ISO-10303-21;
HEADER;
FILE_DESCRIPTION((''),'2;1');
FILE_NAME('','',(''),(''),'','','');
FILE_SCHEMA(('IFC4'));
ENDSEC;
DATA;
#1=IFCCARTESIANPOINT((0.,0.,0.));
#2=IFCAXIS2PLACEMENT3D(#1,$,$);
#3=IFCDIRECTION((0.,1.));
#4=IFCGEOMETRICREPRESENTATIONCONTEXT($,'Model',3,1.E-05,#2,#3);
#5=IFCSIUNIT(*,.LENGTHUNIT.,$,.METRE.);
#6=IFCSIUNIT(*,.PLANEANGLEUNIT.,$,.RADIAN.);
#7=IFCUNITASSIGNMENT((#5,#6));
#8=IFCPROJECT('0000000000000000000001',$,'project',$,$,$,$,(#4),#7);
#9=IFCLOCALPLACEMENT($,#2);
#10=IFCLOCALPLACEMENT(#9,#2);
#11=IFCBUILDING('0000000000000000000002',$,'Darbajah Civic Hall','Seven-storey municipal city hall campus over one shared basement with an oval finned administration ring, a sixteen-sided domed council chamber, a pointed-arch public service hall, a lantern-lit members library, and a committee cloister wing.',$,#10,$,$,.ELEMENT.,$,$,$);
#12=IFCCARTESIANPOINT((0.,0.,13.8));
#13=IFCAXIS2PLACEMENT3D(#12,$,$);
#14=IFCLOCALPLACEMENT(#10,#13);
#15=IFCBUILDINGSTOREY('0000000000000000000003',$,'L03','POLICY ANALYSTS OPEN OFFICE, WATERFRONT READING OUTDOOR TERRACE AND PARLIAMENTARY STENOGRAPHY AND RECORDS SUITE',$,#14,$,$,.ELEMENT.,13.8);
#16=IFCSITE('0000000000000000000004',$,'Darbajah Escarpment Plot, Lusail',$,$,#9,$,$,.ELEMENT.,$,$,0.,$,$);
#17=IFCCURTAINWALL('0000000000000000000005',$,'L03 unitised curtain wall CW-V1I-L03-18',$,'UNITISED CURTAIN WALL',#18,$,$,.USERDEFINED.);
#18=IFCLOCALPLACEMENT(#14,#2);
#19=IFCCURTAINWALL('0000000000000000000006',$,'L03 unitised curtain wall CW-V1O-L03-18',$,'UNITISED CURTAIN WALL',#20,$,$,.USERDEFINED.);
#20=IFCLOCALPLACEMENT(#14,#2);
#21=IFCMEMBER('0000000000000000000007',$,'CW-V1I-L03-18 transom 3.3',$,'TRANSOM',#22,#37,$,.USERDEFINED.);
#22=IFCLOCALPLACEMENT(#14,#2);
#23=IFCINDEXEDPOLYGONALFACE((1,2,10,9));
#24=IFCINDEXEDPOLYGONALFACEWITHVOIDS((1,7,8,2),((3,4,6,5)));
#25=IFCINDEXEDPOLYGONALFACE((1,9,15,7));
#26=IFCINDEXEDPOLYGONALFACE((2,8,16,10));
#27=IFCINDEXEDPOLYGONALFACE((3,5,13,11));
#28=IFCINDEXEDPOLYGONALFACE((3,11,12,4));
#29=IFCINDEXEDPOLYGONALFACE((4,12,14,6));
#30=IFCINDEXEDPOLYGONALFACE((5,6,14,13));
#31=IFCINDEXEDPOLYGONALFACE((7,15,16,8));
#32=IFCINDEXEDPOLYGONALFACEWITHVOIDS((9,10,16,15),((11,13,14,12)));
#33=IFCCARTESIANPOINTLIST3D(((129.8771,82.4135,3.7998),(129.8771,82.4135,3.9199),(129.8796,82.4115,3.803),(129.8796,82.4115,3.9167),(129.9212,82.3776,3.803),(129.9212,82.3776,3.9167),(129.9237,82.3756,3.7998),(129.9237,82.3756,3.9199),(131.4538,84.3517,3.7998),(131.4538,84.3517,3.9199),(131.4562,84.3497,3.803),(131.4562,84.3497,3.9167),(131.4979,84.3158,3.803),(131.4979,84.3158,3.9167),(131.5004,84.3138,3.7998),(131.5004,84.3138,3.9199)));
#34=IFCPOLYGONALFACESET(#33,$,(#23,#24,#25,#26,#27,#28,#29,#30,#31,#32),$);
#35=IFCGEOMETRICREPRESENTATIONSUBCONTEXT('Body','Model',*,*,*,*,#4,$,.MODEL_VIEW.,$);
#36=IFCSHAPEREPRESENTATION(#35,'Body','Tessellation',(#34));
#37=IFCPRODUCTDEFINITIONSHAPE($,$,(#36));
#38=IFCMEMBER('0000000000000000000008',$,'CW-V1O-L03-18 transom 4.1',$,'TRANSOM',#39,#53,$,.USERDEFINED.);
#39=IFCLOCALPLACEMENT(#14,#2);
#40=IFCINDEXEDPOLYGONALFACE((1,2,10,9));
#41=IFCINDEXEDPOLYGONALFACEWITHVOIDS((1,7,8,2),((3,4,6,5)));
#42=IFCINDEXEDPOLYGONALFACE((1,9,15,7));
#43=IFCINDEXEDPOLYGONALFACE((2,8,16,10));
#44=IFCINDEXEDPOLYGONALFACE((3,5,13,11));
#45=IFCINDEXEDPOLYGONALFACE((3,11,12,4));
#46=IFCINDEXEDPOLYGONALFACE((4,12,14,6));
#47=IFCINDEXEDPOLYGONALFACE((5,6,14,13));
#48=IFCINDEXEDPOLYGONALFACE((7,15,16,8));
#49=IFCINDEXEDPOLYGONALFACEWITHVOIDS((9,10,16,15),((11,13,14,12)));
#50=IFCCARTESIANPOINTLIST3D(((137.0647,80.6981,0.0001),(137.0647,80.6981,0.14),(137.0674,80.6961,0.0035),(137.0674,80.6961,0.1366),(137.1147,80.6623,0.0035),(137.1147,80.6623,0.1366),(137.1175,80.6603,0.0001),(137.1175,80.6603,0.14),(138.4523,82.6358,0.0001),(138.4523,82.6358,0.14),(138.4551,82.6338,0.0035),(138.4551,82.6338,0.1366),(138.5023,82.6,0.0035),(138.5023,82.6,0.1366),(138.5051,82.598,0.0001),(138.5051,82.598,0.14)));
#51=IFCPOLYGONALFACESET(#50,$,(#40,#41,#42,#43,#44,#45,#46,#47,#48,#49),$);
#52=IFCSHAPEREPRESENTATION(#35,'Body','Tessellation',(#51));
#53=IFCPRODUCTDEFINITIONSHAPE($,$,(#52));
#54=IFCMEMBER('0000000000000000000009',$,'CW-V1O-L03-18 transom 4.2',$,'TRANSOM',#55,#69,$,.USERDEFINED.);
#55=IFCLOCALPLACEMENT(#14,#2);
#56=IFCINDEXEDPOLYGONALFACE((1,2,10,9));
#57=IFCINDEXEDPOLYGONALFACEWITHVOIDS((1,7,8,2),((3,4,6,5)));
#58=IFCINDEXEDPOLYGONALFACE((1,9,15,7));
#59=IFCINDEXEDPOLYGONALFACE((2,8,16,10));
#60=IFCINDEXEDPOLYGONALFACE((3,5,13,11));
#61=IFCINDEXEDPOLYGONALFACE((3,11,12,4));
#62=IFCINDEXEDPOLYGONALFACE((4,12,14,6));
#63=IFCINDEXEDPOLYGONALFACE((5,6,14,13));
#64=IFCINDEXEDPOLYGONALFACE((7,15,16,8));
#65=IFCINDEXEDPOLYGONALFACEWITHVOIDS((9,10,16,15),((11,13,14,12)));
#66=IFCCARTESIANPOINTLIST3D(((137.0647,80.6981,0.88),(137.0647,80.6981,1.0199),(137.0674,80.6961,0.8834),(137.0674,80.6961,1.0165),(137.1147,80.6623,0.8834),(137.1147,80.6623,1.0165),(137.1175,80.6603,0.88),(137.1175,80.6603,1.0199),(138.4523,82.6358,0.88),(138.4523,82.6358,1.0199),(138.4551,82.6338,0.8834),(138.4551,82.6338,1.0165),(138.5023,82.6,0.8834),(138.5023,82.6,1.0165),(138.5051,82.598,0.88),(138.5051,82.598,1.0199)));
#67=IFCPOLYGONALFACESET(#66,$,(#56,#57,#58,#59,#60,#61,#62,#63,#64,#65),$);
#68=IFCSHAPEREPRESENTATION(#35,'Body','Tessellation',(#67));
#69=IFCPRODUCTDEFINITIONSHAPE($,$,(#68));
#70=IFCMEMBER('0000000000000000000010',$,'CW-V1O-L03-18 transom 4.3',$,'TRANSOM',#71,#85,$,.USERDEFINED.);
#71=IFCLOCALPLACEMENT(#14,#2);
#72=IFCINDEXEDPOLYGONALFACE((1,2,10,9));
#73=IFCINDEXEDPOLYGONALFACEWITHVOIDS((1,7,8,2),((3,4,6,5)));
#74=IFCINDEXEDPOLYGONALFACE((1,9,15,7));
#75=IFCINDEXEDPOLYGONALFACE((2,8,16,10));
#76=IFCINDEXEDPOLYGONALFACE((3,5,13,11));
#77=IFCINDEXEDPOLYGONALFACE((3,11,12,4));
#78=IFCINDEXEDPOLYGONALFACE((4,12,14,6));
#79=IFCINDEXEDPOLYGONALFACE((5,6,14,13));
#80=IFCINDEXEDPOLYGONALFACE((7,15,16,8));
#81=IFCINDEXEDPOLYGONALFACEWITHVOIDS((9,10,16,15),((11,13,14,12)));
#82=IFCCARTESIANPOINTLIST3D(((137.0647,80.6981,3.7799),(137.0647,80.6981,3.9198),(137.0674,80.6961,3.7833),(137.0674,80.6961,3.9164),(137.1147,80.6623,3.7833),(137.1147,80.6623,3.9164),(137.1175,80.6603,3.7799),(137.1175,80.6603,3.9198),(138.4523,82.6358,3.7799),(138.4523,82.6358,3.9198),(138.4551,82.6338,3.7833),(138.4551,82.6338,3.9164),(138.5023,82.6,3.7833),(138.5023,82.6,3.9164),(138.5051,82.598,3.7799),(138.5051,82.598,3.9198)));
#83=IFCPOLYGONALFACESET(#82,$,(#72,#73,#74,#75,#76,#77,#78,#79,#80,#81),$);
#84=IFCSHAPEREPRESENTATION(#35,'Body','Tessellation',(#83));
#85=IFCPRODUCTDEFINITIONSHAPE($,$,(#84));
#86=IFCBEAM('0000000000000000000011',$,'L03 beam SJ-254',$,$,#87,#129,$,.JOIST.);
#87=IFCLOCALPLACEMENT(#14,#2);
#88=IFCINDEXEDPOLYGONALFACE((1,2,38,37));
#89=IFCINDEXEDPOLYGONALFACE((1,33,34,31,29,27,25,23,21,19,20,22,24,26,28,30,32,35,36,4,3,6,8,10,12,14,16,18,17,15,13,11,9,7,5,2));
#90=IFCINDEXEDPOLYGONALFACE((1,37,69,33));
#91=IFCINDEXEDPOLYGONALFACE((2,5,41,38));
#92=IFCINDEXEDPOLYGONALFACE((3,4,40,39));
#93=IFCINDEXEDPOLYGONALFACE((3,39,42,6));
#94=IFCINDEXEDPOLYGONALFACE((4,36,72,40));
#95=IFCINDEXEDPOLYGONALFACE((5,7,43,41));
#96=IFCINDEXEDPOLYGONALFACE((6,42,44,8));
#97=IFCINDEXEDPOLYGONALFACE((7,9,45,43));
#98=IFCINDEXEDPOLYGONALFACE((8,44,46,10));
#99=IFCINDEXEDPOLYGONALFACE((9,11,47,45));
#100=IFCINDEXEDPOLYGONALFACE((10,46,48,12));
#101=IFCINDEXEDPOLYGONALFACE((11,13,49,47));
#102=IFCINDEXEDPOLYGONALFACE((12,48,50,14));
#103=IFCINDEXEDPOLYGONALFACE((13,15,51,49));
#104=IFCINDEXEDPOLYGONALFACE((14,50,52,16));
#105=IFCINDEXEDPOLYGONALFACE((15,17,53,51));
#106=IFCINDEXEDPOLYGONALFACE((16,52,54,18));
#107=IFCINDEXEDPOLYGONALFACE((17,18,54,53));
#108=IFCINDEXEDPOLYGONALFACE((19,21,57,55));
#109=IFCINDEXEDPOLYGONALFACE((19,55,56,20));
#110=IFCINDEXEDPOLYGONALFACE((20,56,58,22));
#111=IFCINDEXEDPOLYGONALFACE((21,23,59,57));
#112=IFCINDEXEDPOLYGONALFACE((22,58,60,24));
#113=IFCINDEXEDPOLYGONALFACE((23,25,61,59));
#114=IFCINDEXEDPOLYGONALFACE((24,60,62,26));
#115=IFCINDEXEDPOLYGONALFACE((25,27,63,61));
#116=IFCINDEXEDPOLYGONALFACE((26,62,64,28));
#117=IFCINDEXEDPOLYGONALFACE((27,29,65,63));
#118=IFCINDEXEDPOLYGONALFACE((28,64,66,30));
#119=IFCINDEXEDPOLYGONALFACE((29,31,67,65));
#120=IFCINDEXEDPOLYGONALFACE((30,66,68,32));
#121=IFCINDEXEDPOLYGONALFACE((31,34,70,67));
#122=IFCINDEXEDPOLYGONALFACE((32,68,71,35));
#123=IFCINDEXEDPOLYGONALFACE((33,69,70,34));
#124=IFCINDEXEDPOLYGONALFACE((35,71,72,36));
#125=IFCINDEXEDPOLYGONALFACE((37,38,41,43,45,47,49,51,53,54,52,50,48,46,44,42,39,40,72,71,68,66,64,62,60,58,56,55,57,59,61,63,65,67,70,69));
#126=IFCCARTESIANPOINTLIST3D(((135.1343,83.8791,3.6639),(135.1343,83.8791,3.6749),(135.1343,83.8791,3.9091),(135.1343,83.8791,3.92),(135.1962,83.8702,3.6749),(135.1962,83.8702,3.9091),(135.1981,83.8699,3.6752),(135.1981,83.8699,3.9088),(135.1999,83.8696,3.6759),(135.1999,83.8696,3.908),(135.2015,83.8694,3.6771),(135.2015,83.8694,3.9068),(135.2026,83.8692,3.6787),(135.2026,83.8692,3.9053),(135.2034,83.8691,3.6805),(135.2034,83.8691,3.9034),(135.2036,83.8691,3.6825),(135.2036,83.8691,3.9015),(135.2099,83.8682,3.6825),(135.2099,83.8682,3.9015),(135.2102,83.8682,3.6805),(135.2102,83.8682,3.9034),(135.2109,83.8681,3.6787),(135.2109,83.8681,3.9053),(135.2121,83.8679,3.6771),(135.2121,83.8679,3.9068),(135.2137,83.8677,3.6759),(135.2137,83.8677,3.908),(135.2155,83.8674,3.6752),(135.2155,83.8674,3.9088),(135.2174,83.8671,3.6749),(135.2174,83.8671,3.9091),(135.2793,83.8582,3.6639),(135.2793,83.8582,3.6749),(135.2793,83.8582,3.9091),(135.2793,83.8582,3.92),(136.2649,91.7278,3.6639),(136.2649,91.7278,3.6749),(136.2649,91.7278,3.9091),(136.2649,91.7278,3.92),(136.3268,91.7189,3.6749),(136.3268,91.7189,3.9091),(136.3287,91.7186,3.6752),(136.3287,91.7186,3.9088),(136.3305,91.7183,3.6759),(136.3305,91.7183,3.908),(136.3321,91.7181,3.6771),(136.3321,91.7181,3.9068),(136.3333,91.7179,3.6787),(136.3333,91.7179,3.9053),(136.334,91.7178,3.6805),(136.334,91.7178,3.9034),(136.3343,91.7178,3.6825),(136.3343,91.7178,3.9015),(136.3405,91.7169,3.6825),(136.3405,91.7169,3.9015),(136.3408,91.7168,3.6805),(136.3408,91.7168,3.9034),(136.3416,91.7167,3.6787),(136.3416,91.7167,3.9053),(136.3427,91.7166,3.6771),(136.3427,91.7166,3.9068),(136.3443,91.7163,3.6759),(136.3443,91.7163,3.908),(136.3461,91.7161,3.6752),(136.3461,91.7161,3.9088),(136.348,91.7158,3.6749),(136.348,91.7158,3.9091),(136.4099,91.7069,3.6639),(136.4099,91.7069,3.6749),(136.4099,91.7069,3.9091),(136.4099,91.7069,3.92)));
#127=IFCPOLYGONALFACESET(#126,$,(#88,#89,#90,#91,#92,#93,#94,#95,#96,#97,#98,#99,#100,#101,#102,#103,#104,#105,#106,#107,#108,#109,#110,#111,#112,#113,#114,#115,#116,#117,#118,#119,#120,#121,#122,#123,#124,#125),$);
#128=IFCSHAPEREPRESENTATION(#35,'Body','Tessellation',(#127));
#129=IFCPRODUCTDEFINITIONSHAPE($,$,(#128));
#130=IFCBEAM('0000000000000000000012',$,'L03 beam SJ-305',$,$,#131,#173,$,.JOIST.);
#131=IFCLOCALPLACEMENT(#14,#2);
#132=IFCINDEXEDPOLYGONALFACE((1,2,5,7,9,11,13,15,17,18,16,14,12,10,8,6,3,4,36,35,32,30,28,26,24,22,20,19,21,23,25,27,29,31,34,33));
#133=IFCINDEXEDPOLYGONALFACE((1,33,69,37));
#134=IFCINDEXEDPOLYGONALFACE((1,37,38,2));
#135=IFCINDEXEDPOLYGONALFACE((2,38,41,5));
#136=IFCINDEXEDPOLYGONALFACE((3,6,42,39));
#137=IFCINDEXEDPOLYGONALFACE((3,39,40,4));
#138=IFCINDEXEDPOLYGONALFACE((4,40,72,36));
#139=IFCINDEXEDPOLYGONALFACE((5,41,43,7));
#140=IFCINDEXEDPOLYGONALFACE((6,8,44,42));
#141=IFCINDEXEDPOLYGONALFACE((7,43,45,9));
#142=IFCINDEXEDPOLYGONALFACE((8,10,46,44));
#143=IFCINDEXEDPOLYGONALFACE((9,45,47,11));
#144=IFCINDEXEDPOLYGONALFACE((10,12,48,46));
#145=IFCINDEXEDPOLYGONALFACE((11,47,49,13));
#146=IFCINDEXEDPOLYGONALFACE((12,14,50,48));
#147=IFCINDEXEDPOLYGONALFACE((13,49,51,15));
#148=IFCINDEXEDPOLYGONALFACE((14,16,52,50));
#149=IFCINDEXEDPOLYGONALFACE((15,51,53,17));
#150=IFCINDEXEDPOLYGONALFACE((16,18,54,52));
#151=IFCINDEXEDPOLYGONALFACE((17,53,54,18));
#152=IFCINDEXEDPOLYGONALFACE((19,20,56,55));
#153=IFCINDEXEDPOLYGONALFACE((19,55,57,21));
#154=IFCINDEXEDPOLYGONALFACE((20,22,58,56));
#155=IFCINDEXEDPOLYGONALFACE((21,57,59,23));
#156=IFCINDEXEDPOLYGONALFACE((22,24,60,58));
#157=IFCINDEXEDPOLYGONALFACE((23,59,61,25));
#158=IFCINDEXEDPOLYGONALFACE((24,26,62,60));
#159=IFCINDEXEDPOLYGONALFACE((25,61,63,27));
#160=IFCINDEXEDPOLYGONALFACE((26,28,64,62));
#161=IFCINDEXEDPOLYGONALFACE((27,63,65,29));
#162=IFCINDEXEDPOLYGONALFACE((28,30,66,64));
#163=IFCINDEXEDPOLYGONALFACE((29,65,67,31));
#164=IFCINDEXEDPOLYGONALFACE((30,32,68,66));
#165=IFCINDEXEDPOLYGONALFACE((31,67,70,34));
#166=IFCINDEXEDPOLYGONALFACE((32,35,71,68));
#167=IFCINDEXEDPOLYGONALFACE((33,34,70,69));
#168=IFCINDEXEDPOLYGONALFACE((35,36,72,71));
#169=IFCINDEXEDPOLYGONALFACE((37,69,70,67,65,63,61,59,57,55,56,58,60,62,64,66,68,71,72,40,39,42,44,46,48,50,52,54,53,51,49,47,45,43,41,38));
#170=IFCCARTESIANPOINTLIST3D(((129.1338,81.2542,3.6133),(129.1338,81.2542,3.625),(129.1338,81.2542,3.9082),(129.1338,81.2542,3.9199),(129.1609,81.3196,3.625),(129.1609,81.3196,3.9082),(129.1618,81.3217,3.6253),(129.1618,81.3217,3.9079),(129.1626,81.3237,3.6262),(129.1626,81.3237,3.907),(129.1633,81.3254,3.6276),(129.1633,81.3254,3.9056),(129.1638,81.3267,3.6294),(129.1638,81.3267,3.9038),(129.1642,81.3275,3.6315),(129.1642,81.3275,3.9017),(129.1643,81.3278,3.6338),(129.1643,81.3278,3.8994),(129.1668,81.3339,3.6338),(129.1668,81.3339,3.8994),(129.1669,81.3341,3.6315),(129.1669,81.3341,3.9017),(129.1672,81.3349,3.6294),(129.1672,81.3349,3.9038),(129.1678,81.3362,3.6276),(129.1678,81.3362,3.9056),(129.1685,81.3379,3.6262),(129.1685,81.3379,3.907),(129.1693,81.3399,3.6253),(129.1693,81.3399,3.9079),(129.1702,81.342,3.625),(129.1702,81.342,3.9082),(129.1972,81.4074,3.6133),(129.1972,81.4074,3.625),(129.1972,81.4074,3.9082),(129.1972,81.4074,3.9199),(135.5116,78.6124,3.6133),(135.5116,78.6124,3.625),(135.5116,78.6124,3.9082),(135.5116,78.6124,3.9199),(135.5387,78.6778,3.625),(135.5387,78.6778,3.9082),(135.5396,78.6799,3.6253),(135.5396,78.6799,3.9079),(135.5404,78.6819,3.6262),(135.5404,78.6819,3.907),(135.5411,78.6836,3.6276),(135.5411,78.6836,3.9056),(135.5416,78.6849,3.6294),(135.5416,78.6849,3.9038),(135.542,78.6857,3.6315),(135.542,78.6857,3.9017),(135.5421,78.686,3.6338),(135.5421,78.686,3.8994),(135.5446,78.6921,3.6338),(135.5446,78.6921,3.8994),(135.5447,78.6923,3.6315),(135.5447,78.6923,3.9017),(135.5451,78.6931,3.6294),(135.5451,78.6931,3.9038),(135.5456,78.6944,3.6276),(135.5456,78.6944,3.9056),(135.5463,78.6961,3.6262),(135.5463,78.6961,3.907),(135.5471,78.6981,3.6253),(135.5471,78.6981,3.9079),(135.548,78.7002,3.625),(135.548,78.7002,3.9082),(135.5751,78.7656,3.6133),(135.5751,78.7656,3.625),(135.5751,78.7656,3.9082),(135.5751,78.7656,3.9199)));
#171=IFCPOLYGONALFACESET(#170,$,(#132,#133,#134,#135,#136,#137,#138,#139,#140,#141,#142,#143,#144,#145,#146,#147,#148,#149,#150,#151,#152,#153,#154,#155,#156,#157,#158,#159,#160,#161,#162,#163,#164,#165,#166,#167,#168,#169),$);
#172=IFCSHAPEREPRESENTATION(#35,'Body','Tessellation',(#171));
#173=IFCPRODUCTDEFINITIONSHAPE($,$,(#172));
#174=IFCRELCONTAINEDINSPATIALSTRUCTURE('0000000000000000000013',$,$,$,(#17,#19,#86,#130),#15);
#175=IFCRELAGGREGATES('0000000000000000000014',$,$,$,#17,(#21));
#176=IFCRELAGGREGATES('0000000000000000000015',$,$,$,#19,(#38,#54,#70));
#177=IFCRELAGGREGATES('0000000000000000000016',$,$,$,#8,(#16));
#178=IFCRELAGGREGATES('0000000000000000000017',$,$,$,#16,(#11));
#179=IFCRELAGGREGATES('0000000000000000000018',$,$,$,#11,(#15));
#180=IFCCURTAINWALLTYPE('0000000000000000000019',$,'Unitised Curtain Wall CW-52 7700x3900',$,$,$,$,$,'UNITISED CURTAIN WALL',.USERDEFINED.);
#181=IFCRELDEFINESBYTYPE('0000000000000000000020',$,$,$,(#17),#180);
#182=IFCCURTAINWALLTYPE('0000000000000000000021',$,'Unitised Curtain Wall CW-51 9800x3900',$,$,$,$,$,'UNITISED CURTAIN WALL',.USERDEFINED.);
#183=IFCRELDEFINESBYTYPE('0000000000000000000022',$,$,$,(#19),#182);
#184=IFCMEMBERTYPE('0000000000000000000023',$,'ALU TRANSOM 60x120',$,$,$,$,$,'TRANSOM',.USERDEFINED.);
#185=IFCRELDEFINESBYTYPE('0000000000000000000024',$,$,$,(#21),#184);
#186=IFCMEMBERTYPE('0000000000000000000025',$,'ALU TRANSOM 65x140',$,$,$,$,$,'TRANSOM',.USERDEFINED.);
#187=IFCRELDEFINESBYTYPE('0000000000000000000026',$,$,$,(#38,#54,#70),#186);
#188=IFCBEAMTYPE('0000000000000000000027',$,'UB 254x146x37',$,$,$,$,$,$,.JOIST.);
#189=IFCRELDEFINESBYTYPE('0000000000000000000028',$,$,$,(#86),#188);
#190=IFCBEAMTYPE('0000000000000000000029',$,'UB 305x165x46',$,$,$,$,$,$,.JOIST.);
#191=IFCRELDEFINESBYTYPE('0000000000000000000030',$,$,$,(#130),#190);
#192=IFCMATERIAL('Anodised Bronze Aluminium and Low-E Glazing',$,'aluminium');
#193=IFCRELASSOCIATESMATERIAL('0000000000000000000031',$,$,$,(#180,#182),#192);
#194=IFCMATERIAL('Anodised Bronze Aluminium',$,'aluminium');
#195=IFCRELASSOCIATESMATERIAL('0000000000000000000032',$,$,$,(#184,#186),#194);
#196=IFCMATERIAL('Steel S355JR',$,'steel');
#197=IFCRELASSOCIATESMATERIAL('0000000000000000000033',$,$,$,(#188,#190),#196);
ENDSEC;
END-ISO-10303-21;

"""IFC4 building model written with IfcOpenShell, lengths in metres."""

from ifc_helpers import new_model, si_unit, direction, frame, origin, origin_2d, place, context, subcontext, project, spatial, hollow_rectangle, i_section, extrude, material, material_profile, profile_set, type_object, element, aggregate, save


model = new_model("IFC4")

# Units and contexts
model_context = context("Model", 3, precision=1e-05, world=origin(), true_north=direction((0.0, 1.0)))
body_context = subcontext(model_context, "Body", "Model", "MODEL_VIEW")
ifc_project = project(units=[si_unit("LENGTHUNIT", "METRE"), si_unit("PLANEANGLEUNIT", "RADIAN")], contexts=[model_context])

# Site, building, storey
site_placement = place(None, origin())
site = spatial("IfcSite", under=ifc_project, at=site_placement, Name="Darbajah Escarpment Plot, Lusail", CompositionType="ELEMENT", RefElevation=0.0)
building_placement = place(site_placement, origin())
building = spatial("IfcBuilding", under=site, at=building_placement, Name="Darbajah Civic Hall", Description="Seven-storey municipal city hall campus over one shared basement with an oval finned administration ring, a sixteen-sided domed council chamber, a pointed-arch public service hall, a lantern-lit members library, and a committee cloister wing.", CompositionType="ELEMENT")
storey_placement = place(building_placement, frame((0.0, 0.0, 13.8)))
storey = spatial("IfcBuildingStorey", under=building, at=storey_placement, Name="L03", Description="POLICY ANALYSTS OPEN OFFICE, WATERFRONT READING OUTDOOR TERRACE AND PARLIAMENTARY STENOGRAPHY AND RECORDS SUITE", CompositionType="ELEMENT", Elevation=13.8)

# Curtain wall
ifc_material_1 = material(Name="Anodised Bronze Aluminium and Low-E Glazing", Category="aluminium")
curtain_wall_type_1 = type_object("IfcCurtainWallType", Name="Unitised Curtain Wall CW-52 7700x3900", ElementType="UNITISED CURTAIN WALL", PredefinedType="USERDEFINED", material=ifc_material_1)
curtain_wall_1_placement = place(storey_placement, origin())
curtain_wall_1 = element("IfcCurtainWall", 1, at=curtain_wall_1_placement, inside=storey, type_object=curtain_wall_type_1, Name="L03 unitised curtain wall CW-V1I-L03-18", ObjectType="UNITISED CURTAIN WALL", PredefinedType="USERDEFINED")
ifc_material_2 = material(Name="Anodised Bronze Aluminium", Category="aluminium")

# Curtain wall
curtain_wall_type_2 = type_object("IfcCurtainWallType", Name="Unitised Curtain Wall CW-51 9800x3900", ElementType="UNITISED CURTAIN WALL", PredefinedType="USERDEFINED", material=ifc_material_1)
curtain_wall_2_placement = place(storey_placement, origin())
curtain_wall_2 = element("IfcCurtainWall", 2, at=curtain_wall_2_placement, inside=storey, type_object=curtain_wall_type_2, Name="L03 unitised curtain wall CW-V1O-L03-18", ObjectType="UNITISED CURTAIN WALL", PredefinedType="USERDEFINED")

# Members
ifc_material_profile_1 = material_profile(ifc_material_2, hollow_rectangle(XDim=0.0601, YDim=0.1201, WallThickness=0.0032, at=origin_2d()), Name="ALU TRANSOM 60x120")
ifc_profile_set_1 = profile_set([ifc_material_profile_1], Name="Anodised Bronze Aluminium")
member_type_1 = type_object("IfcMemberType", Name="ALU TRANSOM 60x120", ElementType="TRANSOM", PredefinedType="USERDEFINED", material=ifc_profile_set_1)
member_1_placement = place(storey_placement, frame((129.9004, 82.3945, 3.8599), z_axis=(0.631038, 0.775752, 0.0), x_axis=(-0.775752, 0.631038, 0.0)))
member_1 = element("IfcMember", 3, at=member_1_placement, type_object=member_type_1, Name="CW-V1I-L03-18 transom 3.3", ObjectType="TRANSOM", PredefinedType="USERDEFINED", context=body_context, shape_type="SweptSolid", body=[
    extrude(hollow_rectangle(XDim=0.0601, YDim=0.1201, WallThickness=0.0032, at=origin_2d()), origin(), (0.0, 0.0, 1.0), 2.4985),
])
ifc_material_profile_2 = material_profile(ifc_material_2, hollow_rectangle(XDim=0.0649, YDim=0.1399, WallThickness=0.0034, at=origin_2d()), Name="ALU TRANSOM 65x140")
ifc_profile_set_2 = profile_set([ifc_material_profile_2], Name="Anodised Bronze Aluminium")
member_type_2 = type_object("IfcMemberType", Name="ALU TRANSOM 65x140", ElementType="TRANSOM", PredefinedType="USERDEFINED", material=ifc_profile_set_2)
member_2_placement = place(storey_placement, frame((137.0911, 80.6792, 0.0701), z_axis=(0.582236, 0.81302, 0.0), x_axis=(-0.81302, 0.582236, 0.0)))
member_2 = element("IfcMember", 4, at=member_2_placement, type_object=member_type_2, Name="CW-V1O-L03-18 transom 4.1", ObjectType="TRANSOM", PredefinedType="USERDEFINED", context=body_context, shape_type="SweptSolid", body=[
    extrude(hollow_rectangle(XDim=0.0649, YDim=0.1399, WallThickness=0.0034, at=origin_2d()), origin(), (0.0, 0.0, 1.0), 2.3833),
])
member_3_placement = place(storey_placement, frame((137.0911, 80.6792, 0.95), z_axis=(0.582236, 0.81302, 0.0), x_axis=(-0.81302, 0.582236, 0.0)))
member_3 = element("IfcMember", 5, at=member_3_placement, type_object=member_type_2, Name="CW-V1O-L03-18 transom 4.2", ObjectType="TRANSOM", PredefinedType="USERDEFINED", context=body_context, shape_type="SweptSolid", body=[
    extrude(hollow_rectangle(XDim=0.0649, YDim=0.1399, WallThickness=0.0034, at=origin_2d()), origin(), (0.0, 0.0, 1.0), 2.3833),
])
member_4_placement = place(storey_placement, frame((137.0911, 80.6792, 3.8499), z_axis=(0.582236, 0.81302, 0.0), x_axis=(-0.81302, 0.582236, 0.0)))
member_4 = element("IfcMember", 6, at=member_4_placement, type_object=member_type_2, Name="CW-V1O-L03-18 transom 4.3", ObjectType="TRANSOM", PredefinedType="USERDEFINED", context=body_context, shape_type="SweptSolid", body=[
    extrude(hollow_rectangle(XDim=0.0649, YDim=0.1399, WallThickness=0.0034, at=origin_2d()), origin(), (0.0, 0.0, 1.0), 2.3833),
])

# Beams
ifc_material_3 = material(Name="Steel S355JR", Category="steel")
ifc_material_profile_3 = material_profile(ifc_material_3, i_section(OverallWidth=0.1465, OverallDepth=0.2561, WebThickness=0.0063, FlangeThickness=0.011, FilletRadius=0.0076, at=origin_2d()), Name="UB 254x146x37")
ifc_profile_set_3 = profile_set([ifc_material_profile_3], Name="Steel S355JR")
beam_type_1 = type_object("IfcBeamType", Name="UB 254x146x37", PredefinedType="JOIST", material=ifc_profile_set_3)
beam_1_placement = place(storey_placement, frame((135.2068, 83.8687, 3.792), z_axis=(0.142581, 0.989783, 0.0), x_axis=(-0.989783, 0.142581, 0.0)))
element("IfcBeam", 7, at=beam_1_placement, inside=storey, type_object=beam_type_1, Name="L03 beam SJ-254", PredefinedType="JOIST", context=body_context, shape_type="SweptSolid", body=[
    extrude(i_section(OverallWidth=0.1465, OverallDepth=0.2561, WebThickness=0.0063, FlangeThickness=0.011, FilletRadius=0.0076, at=origin_2d()), origin(), (0.0, 0.0, 1.0), 7.9297),
])
ifc_material_profile_4 = material_profile(ifc_material_3, i_section(OverallWidth=0.1658, OverallDepth=0.3066, WebThickness=0.0066, FlangeThickness=0.0117, FilletRadius=0.0088, at=origin_2d()), Name="UB 305x165x46")
ifc_profile_set_4 = profile_set([ifc_material_profile_4], Name="Steel S355JR")
beam_type_2 = type_object("IfcBeamType", Name="UB 305x165x46", PredefinedType="JOIST", material=ifc_profile_set_4)
for number, where, z_axis, x_axis, name in (
    (8, (129.1655, 81.3308, 3.7666), (0.923878, -0.382686, 0.0), (0.382686, 0.923878, 0.0), "L03 beam SJ-305"),
):
    element("IfcBeam", number, at=place(storey_placement, frame(where, z_axis=z_axis, x_axis=x_axis)), inside=storey, type_object=beam_type_2, Name=name, PredefinedType="JOIST", context=body_context, shape_type="SweptSolid", body=[
        extrude(i_section(OverallWidth=0.1658, OverallDepth=0.3066, WebThickness=0.0066, FlangeThickness=0.0117, FilletRadius=0.0088, at=origin_2d()), origin(), (0.0, 0.0, 1.0), 6.9033),
    ])

aggregate(curtain_wall_1, [member_1])
aggregate(curtain_wall_2, [member_2, member_3, member_4])

save(model, "model.ifc")
